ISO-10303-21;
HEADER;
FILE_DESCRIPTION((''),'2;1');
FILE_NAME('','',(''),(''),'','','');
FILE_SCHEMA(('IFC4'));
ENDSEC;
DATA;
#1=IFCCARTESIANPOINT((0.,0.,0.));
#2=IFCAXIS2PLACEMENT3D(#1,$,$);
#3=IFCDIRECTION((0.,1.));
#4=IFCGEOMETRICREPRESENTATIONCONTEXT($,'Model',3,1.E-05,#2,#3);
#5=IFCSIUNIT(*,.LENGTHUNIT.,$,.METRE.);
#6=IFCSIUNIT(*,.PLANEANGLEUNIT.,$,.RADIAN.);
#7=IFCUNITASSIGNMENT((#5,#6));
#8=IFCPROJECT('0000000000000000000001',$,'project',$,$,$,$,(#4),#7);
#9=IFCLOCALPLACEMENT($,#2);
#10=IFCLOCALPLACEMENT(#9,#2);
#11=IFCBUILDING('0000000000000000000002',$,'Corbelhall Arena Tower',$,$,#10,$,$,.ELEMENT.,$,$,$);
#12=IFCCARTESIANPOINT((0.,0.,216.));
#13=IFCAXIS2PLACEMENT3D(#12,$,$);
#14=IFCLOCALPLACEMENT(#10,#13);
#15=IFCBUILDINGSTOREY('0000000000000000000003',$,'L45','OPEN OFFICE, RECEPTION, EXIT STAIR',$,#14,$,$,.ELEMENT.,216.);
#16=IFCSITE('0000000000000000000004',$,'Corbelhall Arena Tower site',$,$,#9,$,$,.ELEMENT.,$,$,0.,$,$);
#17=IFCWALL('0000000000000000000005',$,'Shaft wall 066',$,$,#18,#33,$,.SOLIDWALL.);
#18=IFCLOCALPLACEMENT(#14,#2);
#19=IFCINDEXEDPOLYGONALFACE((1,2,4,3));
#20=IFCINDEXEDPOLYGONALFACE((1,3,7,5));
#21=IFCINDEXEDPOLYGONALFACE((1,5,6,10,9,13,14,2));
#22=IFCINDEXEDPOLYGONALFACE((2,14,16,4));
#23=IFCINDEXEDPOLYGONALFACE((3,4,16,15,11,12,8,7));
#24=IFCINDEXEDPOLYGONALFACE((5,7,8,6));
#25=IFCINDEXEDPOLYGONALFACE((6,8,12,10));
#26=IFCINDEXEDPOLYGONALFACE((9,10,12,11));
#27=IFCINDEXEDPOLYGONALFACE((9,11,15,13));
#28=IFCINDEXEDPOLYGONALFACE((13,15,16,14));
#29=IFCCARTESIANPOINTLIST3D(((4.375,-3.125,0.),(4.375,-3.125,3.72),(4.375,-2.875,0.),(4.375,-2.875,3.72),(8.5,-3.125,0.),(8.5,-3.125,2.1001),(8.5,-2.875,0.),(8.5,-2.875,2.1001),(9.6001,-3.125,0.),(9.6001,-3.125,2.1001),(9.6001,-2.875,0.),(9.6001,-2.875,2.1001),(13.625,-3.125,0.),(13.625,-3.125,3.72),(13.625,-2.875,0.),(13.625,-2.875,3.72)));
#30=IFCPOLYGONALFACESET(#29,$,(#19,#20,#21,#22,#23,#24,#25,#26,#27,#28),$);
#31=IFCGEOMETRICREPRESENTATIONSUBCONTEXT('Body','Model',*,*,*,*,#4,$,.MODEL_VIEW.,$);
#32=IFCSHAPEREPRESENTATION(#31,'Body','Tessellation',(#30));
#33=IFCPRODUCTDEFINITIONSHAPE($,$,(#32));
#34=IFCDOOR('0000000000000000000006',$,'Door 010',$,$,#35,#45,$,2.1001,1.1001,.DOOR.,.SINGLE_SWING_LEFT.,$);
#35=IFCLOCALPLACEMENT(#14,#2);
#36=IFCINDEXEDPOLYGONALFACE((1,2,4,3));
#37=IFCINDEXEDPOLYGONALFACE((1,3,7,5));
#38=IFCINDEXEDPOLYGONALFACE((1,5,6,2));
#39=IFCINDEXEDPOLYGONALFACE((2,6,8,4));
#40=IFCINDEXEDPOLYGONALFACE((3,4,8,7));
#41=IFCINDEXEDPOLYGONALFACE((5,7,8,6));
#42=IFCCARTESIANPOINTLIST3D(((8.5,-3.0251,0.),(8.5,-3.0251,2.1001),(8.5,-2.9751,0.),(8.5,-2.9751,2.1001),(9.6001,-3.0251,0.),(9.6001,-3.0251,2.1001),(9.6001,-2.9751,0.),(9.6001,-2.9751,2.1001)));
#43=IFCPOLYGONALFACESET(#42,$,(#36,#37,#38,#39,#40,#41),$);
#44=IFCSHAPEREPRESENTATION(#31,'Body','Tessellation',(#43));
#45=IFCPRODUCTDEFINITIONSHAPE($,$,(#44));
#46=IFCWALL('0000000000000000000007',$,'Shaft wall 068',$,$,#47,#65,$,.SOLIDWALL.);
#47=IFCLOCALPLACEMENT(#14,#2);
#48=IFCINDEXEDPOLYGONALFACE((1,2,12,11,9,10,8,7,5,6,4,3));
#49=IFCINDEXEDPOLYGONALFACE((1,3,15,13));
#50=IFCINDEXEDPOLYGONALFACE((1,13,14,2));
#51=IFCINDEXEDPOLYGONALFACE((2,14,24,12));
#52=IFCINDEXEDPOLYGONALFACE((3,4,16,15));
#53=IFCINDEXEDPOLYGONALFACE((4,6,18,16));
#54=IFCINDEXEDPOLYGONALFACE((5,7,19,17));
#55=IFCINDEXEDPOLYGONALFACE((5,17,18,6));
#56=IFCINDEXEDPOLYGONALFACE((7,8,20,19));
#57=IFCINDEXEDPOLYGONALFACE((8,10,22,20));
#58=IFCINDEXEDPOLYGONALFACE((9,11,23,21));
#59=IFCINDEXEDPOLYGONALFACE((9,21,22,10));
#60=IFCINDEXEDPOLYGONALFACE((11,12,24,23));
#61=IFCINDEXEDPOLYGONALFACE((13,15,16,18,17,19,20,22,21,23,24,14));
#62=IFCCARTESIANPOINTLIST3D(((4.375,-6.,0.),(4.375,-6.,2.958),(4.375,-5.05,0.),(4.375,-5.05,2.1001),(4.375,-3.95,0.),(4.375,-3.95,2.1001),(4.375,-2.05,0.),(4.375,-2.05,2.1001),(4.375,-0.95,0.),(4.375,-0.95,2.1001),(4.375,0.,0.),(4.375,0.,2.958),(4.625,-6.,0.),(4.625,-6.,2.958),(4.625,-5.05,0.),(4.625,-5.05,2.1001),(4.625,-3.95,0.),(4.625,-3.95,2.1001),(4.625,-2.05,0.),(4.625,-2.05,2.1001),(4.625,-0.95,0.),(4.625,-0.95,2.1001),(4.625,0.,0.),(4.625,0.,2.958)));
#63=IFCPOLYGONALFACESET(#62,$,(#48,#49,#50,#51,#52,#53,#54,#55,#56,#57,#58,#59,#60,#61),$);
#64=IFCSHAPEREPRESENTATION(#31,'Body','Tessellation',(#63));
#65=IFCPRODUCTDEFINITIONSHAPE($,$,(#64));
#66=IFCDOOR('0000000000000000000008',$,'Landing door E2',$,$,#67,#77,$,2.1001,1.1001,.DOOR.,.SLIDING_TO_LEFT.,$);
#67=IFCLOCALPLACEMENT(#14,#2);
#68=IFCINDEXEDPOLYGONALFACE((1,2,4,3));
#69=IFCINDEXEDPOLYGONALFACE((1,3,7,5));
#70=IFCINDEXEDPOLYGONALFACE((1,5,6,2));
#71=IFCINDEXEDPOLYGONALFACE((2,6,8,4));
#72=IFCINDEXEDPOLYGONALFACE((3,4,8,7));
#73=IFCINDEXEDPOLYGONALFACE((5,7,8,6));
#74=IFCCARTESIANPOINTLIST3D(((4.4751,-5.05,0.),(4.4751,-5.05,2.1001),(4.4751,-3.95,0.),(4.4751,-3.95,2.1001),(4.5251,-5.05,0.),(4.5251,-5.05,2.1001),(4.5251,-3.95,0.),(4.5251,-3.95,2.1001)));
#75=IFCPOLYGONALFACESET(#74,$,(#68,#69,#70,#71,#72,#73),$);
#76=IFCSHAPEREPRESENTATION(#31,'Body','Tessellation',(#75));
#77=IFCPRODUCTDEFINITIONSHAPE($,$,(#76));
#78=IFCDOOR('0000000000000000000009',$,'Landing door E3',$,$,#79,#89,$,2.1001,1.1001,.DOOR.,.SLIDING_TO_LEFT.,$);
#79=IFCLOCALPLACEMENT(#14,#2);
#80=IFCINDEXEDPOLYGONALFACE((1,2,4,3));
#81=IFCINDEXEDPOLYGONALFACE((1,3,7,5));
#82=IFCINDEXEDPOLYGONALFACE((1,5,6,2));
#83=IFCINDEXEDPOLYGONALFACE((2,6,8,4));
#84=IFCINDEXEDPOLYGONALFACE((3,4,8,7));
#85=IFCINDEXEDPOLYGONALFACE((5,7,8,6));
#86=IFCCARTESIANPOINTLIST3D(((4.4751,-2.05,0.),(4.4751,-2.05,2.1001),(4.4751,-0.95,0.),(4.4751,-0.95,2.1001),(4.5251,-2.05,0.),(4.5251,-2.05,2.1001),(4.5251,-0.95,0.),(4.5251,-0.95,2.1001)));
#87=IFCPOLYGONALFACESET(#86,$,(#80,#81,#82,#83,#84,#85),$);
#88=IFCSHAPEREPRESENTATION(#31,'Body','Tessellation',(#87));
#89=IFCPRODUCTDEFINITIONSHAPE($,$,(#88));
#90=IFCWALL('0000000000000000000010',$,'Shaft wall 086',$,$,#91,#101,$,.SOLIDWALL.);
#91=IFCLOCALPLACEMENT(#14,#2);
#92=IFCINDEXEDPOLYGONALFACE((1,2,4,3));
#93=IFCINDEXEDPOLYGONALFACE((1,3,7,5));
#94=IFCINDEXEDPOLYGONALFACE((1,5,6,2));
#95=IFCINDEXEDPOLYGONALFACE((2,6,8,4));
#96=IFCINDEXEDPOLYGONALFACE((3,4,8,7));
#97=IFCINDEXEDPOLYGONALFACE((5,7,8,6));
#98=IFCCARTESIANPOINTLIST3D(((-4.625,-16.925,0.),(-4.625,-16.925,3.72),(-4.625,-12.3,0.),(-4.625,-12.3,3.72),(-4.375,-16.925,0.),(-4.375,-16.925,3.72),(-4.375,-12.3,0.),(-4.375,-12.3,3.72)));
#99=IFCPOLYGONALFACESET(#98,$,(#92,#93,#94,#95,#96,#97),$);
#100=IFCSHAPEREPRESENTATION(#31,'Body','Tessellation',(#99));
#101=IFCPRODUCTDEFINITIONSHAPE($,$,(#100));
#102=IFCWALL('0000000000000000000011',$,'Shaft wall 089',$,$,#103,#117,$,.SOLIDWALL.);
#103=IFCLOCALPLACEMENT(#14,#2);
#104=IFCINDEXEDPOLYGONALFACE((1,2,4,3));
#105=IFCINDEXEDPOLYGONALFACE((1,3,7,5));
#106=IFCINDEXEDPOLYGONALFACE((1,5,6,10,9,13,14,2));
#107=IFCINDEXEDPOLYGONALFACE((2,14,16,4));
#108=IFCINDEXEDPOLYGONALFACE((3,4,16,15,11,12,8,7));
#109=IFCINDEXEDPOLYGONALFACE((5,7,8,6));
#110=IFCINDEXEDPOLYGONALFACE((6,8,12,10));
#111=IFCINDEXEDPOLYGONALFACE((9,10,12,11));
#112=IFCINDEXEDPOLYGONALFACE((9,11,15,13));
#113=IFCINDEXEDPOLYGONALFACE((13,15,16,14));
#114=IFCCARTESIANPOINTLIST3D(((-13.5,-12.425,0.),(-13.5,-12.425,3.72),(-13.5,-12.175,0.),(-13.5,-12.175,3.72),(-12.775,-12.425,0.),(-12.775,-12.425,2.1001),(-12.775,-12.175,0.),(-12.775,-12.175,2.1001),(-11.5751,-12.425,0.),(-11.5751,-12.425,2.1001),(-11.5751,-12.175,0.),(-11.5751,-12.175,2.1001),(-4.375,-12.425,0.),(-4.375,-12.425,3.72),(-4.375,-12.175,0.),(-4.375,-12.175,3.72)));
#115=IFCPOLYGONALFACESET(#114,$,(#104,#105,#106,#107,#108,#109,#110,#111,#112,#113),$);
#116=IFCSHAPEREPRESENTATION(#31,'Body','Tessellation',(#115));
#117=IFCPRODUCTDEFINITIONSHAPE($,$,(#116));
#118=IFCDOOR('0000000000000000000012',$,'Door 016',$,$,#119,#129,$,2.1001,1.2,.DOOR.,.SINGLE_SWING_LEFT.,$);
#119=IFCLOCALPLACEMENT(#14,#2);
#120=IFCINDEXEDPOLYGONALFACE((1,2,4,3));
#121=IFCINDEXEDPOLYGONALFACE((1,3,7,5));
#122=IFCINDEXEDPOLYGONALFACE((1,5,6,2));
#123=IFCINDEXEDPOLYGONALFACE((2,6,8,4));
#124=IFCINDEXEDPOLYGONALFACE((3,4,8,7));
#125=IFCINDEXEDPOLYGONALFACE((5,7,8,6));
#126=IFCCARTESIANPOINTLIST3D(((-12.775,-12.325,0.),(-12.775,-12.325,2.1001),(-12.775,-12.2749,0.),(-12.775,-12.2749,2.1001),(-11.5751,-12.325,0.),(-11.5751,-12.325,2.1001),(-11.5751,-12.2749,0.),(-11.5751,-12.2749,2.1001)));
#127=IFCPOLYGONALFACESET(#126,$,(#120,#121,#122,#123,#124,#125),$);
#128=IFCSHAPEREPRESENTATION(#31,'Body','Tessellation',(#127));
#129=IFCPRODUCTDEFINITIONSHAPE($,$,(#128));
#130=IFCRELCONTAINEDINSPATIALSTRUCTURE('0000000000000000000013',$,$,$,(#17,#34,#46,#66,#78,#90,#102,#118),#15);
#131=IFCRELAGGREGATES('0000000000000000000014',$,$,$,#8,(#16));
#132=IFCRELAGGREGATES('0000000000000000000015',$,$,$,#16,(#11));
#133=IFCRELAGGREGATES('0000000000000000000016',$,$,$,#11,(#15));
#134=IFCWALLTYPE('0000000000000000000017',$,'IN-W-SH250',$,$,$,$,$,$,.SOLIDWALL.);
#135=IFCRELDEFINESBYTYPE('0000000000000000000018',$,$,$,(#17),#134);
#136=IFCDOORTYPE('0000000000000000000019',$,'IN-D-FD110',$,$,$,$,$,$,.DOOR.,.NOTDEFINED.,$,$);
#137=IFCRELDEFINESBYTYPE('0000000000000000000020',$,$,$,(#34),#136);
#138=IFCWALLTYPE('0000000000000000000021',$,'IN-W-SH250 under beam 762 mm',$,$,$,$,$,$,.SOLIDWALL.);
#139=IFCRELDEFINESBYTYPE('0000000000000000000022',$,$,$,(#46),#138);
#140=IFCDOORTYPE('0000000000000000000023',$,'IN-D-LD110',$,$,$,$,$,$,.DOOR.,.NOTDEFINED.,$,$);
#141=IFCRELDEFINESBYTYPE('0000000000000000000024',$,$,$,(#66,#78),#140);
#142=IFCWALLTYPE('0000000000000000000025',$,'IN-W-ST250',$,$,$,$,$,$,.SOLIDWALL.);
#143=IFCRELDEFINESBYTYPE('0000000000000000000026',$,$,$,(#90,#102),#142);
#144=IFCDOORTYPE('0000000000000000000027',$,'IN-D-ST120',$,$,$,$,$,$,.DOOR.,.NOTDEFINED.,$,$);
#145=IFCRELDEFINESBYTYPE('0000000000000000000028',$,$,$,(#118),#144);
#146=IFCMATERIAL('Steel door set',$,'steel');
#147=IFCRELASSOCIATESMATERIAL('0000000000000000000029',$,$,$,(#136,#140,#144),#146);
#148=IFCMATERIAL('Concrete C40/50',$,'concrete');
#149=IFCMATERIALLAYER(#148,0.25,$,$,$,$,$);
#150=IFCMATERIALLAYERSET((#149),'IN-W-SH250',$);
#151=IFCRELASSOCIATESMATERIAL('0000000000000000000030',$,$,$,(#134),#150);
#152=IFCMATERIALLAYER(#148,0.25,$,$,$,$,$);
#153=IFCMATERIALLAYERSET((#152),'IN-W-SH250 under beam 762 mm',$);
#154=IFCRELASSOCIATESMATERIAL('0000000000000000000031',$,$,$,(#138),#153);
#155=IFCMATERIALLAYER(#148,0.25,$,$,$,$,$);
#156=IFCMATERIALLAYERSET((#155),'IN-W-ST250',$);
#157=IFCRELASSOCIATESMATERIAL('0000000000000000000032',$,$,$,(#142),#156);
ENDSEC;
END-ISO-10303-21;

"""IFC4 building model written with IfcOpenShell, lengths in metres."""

from ifc_helpers import new_model, si_unit, direction, frame, frame_2d, origin, place, context, subcontext, project, spatial, rectangle, extrude, material, layer, layer_set, type_object, element, fill, save


model = new_model("IFC4")

# Units and contexts
model_context = context("Model", 3, precision=1e-05, world=origin(), true_north=direction((0.0, 1.0)))
body_context = subcontext(model_context, "Body", "Model", "MODEL_VIEW")
ifc_project = project(units=[si_unit("LENGTHUNIT", "METRE"), si_unit("PLANEANGLEUNIT", "RADIAN")], contexts=[model_context])

# Site, building, storey
site_placement = place(None, origin())
site = spatial("IfcSite", under=ifc_project, at=site_placement, Name="Corbelhall Arena Tower site", CompositionType="ELEMENT", RefElevation=0.0)
building_placement = place(site_placement, origin())
building = spatial("IfcBuilding", under=site, at=building_placement, Name="Corbelhall Arena Tower", CompositionType="ELEMENT")
storey_placement = place(building_placement, frame((0.0, 0.0, 216.0)))
storey = spatial("IfcBuildingStorey", under=building, at=storey_placement, Name="L45", Description="OPEN OFFICE, RECEPTION, EXIT STAIR", CompositionType="ELEMENT", Elevation=216.0)

# Shared definitions
ifc_material_1 = material(Name="Concrete C40/50", Category="concrete")

# Shared definitions
ifc_material_2 = material(Name="Steel door set", Category="steel")
door_type_1 = type_object("IfcDoorType", Name="IN-D-FD110", OperationType="NOTDEFINED", PredefinedType="DOOR", material=ifc_material_2)

# Shared definitions
ifc_layer_1 = layer(ifc_material_1, 0.25)
ifc_layer_set_1 = layer_set([ifc_layer_1], Name="IN-W-SH250")
wall_type_1 = type_object("IfcWallType", Name="IN-W-SH250", PredefinedType="SOLIDWALL", material=ifc_layer_set_1)

# Wall, opening, door
wall_1_placement = place(storey_placement, frame((4.375, -3.0, 0.0), z_axis=(0.0, 0.0, 1.0), x_axis=(1.0, 0.0, 0.0)))
wall_1 = element("IfcWall", 1, at=wall_1_placement, inside=storey, type_object=wall_type_1, Name="Shaft wall 066", PredefinedType="SOLIDWALL", context=body_context, shape_type="SweptSolid", body=[
    extrude(rectangle(XDim=9.25, YDim=0.25, at=frame_2d((4.625, 0.0))), origin(), (0.0, 0.0, 1.0), 3.72),
])
opening_1_placement = place(wall_1_placement, frame((4.125, 0.0, 0.0)))
opening_1 = element("IfcOpeningElement", 2, at=opening_1_placement, cuts=wall_1, PredefinedType="OPENING", context=body_context, shape_type="SweptSolid", body=[
    extrude(rectangle(XDim=1.1001, YDim=2.1001, at=frame_2d((0.55, 1.05))), frame((0.0, 0.125, 0.0), z_axis=(0.0, -1.0, 0.0), x_axis=(1.0, 0.0, 0.0)), (0.0, 0.0, 1.0), 0.25),
])
door_1_placement = place(opening_1_placement, origin())
door_1 = element("IfcDoor", 3, at=door_1_placement, inside=storey, type_object=door_type_1, Name="Door 010", OperationType="SINGLE_SWING_LEFT", OverallHeight=2.1001, OverallWidth=1.1001, PredefinedType="DOOR", context=body_context, shape_type="SweptSolid", body=[
    extrude(rectangle(XDim=1.1001, YDim=2.1001, at=frame_2d((0.55, 1.05))), frame((0.0, 0.0249, 0.0), z_axis=(0.0, -1.0, 0.0), x_axis=(1.0, 0.0, 0.0)), (0.0, 0.0, 1.0), 0.05),
])
fill(opening_1, door_1)

# Wall, openings, doors
ifc_layer_2 = layer(ifc_material_1, 0.25)
ifc_layer_set_2 = layer_set([ifc_layer_2], Name="IN-W-SH250 under beam 762 mm")
wall_type_2 = type_object("IfcWallType", Name="IN-W-SH250 under beam 762 mm", PredefinedType="SOLIDWALL", material=ifc_layer_set_2)
wall_2_placement = place(storey_placement, frame((4.5, -6.0, 0.0), z_axis=(0.0, 0.0, 1.0), x_axis=(0.0, 1.0, 0.0)))
wall_2 = element("IfcWall", 4, at=wall_2_placement, inside=storey, type_object=wall_type_2, Name="Shaft wall 068", PredefinedType="SOLIDWALL", context=body_context, shape_type="SweptSolid", body=[
    extrude(rectangle(XDim=6.0, YDim=0.25, at=frame_2d((3.0, 0.0))), origin(), (0.0, 0.0, 1.0), 2.958),
])
opening_2_placement = place(wall_2_placement, frame((0.95, 0.0, 0.0)))
opening_2 = element("IfcOpeningElement", 5, at=opening_2_placement, cuts=wall_2, PredefinedType="OPENING", context=body_context, shape_type="SweptSolid", body=[
    extrude(rectangle(XDim=1.1001, YDim=2.1001, at=frame_2d((0.55, 1.05))), frame((0.0, 0.125, 0.0), z_axis=(0.0, -1.0, 0.0), x_axis=(1.0, 0.0, 0.0)), (0.0, 0.0, 1.0), 0.25),
])
opening_3_placement = place(wall_2_placement, frame((3.95, 0.0, 0.0)))
opening_3 = element("IfcOpeningElement", 6, at=opening_3_placement, cuts=wall_2, PredefinedType="OPENING", context=body_context, shape_type="SweptSolid", body=[
    extrude(rectangle(XDim=1.1001, YDim=2.1001, at=frame_2d((0.55, 1.05))), frame((0.0, 0.125, 0.0), z_axis=(0.0, -1.0, 0.0), x_axis=(1.0, 0.0, 0.0)), (0.0, 0.0, 1.0), 0.25),
])
door_type_2 = type_object("IfcDoorType", Name="IN-D-LD110", OperationType="NOTDEFINED", PredefinedType="DOOR", material=ifc_material_2)
door_2_placement = place(opening_2_placement, origin())
door_2 = element("IfcDoor", 7, at=door_2_placement, inside=storey, type_object=door_type_2, Name="Landing door E2", OperationType="SLIDING_TO_LEFT", OverallHeight=2.1001, OverallWidth=1.1001, PredefinedType="DOOR", context=body_context, shape_type="SweptSolid", body=[
    extrude(rectangle(XDim=1.1001, YDim=2.1001, at=frame_2d((0.55, 1.05))), frame((0.0, 0.0249, 0.0), z_axis=(0.0, -1.0, 0.0), x_axis=(1.0, 0.0, 0.0)), (0.0, 0.0, 1.0), 0.05),
])
fill(opening_2, door_2)
door_3_placement = place(opening_3_placement, origin())
door_3 = element("IfcDoor", 8, at=door_3_placement, inside=storey, type_object=door_type_2, Name="Landing door E3", OperationType="SLIDING_TO_LEFT", OverallHeight=2.1001, OverallWidth=1.1001, PredefinedType="DOOR", context=body_context, shape_type="SweptSolid", body=[
    extrude(rectangle(XDim=1.1001, YDim=2.1001, at=frame_2d((0.55, 1.05))), frame((0.0, 0.0249, 0.0), z_axis=(0.0, -1.0, 0.0), x_axis=(1.0, 0.0, 0.0)), (0.0, 0.0, 1.0), 0.05),
])
fill(opening_3, door_3)

# Wall
ifc_layer_3 = layer(ifc_material_1, 0.25)
ifc_layer_set_3 = layer_set([ifc_layer_3], Name="IN-W-ST250")
wall_type_3 = type_object("IfcWallType", Name="IN-W-ST250", PredefinedType="SOLIDWALL", material=ifc_layer_set_3)
wall_3_placement = place(storey_placement, frame((-4.5, -12.3, 0.0), z_axis=(0.0, 0.0, 1.0), x_axis=(0.0, -1.0, 0.0)))
element("IfcWall", 9, at=wall_3_placement, inside=storey, type_object=wall_type_3, Name="Shaft wall 086", PredefinedType="SOLIDWALL", context=body_context, shape_type="SweptSolid", body=[
    extrude(rectangle(XDim=4.625, YDim=0.25, at=frame_2d((2.3125, 0.0))), origin(), (0.0, 0.0, 1.0), 3.72),
])

# Wall, opening, door
wall_4_placement = place(storey_placement, frame((-4.375, -12.3, 0.0), z_axis=(0.0, 0.0, 1.0), x_axis=(-1.0, 0.0, 0.0)))
wall_4 = element("IfcWall", 10, at=wall_4_placement, inside=storey, type_object=wall_type_3, Name="Shaft wall 089", PredefinedType="SOLIDWALL", context=body_context, shape_type="SweptSolid", body=[
    extrude(rectangle(XDim=9.125, YDim=0.25, at=frame_2d((4.5625, 0.0))), origin(), (0.0, 0.0, 1.0), 3.72),
])
opening_4_placement = place(wall_4_placement, frame((7.2, 0.0, 0.0)))
opening_4 = element("IfcOpeningElement", 11, at=opening_4_placement, cuts=wall_4, PredefinedType="OPENING", context=body_context, shape_type="SweptSolid", body=[
    extrude(rectangle(XDim=1.2, YDim=2.1001, at=frame_2d((0.6001, 1.05))), frame((0.0, 0.125, 0.0), z_axis=(0.0, -1.0, 0.0), x_axis=(1.0, 0.0, 0.0)), (0.0, 0.0, 1.0), 0.25),
])
door_type_3 = type_object("IfcDoorType", Name="IN-D-ST120", OperationType="NOTDEFINED", PredefinedType="DOOR", material=ifc_material_2)
door_4_placement = place(opening_4_placement, origin())
door_4 = element("IfcDoor", 12, at=door_4_placement, inside=storey, type_object=door_type_3, Name="Door 016", OperationType="SINGLE_SWING_LEFT", OverallHeight=2.1001, OverallWidth=1.2, PredefinedType="DOOR", context=body_context, shape_type="SweptSolid", body=[
    extrude(rectangle(XDim=1.2, YDim=2.1001, at=frame_2d((0.6001, 1.05))), frame((0.0, 0.0249, 0.0), z_axis=(0.0, -1.0, 0.0), x_axis=(1.0, 0.0, 0.0)), (0.0, 0.0, 1.0), 0.05),
])
fill(opening_4, door_4)

save(model, "model.ifc")
